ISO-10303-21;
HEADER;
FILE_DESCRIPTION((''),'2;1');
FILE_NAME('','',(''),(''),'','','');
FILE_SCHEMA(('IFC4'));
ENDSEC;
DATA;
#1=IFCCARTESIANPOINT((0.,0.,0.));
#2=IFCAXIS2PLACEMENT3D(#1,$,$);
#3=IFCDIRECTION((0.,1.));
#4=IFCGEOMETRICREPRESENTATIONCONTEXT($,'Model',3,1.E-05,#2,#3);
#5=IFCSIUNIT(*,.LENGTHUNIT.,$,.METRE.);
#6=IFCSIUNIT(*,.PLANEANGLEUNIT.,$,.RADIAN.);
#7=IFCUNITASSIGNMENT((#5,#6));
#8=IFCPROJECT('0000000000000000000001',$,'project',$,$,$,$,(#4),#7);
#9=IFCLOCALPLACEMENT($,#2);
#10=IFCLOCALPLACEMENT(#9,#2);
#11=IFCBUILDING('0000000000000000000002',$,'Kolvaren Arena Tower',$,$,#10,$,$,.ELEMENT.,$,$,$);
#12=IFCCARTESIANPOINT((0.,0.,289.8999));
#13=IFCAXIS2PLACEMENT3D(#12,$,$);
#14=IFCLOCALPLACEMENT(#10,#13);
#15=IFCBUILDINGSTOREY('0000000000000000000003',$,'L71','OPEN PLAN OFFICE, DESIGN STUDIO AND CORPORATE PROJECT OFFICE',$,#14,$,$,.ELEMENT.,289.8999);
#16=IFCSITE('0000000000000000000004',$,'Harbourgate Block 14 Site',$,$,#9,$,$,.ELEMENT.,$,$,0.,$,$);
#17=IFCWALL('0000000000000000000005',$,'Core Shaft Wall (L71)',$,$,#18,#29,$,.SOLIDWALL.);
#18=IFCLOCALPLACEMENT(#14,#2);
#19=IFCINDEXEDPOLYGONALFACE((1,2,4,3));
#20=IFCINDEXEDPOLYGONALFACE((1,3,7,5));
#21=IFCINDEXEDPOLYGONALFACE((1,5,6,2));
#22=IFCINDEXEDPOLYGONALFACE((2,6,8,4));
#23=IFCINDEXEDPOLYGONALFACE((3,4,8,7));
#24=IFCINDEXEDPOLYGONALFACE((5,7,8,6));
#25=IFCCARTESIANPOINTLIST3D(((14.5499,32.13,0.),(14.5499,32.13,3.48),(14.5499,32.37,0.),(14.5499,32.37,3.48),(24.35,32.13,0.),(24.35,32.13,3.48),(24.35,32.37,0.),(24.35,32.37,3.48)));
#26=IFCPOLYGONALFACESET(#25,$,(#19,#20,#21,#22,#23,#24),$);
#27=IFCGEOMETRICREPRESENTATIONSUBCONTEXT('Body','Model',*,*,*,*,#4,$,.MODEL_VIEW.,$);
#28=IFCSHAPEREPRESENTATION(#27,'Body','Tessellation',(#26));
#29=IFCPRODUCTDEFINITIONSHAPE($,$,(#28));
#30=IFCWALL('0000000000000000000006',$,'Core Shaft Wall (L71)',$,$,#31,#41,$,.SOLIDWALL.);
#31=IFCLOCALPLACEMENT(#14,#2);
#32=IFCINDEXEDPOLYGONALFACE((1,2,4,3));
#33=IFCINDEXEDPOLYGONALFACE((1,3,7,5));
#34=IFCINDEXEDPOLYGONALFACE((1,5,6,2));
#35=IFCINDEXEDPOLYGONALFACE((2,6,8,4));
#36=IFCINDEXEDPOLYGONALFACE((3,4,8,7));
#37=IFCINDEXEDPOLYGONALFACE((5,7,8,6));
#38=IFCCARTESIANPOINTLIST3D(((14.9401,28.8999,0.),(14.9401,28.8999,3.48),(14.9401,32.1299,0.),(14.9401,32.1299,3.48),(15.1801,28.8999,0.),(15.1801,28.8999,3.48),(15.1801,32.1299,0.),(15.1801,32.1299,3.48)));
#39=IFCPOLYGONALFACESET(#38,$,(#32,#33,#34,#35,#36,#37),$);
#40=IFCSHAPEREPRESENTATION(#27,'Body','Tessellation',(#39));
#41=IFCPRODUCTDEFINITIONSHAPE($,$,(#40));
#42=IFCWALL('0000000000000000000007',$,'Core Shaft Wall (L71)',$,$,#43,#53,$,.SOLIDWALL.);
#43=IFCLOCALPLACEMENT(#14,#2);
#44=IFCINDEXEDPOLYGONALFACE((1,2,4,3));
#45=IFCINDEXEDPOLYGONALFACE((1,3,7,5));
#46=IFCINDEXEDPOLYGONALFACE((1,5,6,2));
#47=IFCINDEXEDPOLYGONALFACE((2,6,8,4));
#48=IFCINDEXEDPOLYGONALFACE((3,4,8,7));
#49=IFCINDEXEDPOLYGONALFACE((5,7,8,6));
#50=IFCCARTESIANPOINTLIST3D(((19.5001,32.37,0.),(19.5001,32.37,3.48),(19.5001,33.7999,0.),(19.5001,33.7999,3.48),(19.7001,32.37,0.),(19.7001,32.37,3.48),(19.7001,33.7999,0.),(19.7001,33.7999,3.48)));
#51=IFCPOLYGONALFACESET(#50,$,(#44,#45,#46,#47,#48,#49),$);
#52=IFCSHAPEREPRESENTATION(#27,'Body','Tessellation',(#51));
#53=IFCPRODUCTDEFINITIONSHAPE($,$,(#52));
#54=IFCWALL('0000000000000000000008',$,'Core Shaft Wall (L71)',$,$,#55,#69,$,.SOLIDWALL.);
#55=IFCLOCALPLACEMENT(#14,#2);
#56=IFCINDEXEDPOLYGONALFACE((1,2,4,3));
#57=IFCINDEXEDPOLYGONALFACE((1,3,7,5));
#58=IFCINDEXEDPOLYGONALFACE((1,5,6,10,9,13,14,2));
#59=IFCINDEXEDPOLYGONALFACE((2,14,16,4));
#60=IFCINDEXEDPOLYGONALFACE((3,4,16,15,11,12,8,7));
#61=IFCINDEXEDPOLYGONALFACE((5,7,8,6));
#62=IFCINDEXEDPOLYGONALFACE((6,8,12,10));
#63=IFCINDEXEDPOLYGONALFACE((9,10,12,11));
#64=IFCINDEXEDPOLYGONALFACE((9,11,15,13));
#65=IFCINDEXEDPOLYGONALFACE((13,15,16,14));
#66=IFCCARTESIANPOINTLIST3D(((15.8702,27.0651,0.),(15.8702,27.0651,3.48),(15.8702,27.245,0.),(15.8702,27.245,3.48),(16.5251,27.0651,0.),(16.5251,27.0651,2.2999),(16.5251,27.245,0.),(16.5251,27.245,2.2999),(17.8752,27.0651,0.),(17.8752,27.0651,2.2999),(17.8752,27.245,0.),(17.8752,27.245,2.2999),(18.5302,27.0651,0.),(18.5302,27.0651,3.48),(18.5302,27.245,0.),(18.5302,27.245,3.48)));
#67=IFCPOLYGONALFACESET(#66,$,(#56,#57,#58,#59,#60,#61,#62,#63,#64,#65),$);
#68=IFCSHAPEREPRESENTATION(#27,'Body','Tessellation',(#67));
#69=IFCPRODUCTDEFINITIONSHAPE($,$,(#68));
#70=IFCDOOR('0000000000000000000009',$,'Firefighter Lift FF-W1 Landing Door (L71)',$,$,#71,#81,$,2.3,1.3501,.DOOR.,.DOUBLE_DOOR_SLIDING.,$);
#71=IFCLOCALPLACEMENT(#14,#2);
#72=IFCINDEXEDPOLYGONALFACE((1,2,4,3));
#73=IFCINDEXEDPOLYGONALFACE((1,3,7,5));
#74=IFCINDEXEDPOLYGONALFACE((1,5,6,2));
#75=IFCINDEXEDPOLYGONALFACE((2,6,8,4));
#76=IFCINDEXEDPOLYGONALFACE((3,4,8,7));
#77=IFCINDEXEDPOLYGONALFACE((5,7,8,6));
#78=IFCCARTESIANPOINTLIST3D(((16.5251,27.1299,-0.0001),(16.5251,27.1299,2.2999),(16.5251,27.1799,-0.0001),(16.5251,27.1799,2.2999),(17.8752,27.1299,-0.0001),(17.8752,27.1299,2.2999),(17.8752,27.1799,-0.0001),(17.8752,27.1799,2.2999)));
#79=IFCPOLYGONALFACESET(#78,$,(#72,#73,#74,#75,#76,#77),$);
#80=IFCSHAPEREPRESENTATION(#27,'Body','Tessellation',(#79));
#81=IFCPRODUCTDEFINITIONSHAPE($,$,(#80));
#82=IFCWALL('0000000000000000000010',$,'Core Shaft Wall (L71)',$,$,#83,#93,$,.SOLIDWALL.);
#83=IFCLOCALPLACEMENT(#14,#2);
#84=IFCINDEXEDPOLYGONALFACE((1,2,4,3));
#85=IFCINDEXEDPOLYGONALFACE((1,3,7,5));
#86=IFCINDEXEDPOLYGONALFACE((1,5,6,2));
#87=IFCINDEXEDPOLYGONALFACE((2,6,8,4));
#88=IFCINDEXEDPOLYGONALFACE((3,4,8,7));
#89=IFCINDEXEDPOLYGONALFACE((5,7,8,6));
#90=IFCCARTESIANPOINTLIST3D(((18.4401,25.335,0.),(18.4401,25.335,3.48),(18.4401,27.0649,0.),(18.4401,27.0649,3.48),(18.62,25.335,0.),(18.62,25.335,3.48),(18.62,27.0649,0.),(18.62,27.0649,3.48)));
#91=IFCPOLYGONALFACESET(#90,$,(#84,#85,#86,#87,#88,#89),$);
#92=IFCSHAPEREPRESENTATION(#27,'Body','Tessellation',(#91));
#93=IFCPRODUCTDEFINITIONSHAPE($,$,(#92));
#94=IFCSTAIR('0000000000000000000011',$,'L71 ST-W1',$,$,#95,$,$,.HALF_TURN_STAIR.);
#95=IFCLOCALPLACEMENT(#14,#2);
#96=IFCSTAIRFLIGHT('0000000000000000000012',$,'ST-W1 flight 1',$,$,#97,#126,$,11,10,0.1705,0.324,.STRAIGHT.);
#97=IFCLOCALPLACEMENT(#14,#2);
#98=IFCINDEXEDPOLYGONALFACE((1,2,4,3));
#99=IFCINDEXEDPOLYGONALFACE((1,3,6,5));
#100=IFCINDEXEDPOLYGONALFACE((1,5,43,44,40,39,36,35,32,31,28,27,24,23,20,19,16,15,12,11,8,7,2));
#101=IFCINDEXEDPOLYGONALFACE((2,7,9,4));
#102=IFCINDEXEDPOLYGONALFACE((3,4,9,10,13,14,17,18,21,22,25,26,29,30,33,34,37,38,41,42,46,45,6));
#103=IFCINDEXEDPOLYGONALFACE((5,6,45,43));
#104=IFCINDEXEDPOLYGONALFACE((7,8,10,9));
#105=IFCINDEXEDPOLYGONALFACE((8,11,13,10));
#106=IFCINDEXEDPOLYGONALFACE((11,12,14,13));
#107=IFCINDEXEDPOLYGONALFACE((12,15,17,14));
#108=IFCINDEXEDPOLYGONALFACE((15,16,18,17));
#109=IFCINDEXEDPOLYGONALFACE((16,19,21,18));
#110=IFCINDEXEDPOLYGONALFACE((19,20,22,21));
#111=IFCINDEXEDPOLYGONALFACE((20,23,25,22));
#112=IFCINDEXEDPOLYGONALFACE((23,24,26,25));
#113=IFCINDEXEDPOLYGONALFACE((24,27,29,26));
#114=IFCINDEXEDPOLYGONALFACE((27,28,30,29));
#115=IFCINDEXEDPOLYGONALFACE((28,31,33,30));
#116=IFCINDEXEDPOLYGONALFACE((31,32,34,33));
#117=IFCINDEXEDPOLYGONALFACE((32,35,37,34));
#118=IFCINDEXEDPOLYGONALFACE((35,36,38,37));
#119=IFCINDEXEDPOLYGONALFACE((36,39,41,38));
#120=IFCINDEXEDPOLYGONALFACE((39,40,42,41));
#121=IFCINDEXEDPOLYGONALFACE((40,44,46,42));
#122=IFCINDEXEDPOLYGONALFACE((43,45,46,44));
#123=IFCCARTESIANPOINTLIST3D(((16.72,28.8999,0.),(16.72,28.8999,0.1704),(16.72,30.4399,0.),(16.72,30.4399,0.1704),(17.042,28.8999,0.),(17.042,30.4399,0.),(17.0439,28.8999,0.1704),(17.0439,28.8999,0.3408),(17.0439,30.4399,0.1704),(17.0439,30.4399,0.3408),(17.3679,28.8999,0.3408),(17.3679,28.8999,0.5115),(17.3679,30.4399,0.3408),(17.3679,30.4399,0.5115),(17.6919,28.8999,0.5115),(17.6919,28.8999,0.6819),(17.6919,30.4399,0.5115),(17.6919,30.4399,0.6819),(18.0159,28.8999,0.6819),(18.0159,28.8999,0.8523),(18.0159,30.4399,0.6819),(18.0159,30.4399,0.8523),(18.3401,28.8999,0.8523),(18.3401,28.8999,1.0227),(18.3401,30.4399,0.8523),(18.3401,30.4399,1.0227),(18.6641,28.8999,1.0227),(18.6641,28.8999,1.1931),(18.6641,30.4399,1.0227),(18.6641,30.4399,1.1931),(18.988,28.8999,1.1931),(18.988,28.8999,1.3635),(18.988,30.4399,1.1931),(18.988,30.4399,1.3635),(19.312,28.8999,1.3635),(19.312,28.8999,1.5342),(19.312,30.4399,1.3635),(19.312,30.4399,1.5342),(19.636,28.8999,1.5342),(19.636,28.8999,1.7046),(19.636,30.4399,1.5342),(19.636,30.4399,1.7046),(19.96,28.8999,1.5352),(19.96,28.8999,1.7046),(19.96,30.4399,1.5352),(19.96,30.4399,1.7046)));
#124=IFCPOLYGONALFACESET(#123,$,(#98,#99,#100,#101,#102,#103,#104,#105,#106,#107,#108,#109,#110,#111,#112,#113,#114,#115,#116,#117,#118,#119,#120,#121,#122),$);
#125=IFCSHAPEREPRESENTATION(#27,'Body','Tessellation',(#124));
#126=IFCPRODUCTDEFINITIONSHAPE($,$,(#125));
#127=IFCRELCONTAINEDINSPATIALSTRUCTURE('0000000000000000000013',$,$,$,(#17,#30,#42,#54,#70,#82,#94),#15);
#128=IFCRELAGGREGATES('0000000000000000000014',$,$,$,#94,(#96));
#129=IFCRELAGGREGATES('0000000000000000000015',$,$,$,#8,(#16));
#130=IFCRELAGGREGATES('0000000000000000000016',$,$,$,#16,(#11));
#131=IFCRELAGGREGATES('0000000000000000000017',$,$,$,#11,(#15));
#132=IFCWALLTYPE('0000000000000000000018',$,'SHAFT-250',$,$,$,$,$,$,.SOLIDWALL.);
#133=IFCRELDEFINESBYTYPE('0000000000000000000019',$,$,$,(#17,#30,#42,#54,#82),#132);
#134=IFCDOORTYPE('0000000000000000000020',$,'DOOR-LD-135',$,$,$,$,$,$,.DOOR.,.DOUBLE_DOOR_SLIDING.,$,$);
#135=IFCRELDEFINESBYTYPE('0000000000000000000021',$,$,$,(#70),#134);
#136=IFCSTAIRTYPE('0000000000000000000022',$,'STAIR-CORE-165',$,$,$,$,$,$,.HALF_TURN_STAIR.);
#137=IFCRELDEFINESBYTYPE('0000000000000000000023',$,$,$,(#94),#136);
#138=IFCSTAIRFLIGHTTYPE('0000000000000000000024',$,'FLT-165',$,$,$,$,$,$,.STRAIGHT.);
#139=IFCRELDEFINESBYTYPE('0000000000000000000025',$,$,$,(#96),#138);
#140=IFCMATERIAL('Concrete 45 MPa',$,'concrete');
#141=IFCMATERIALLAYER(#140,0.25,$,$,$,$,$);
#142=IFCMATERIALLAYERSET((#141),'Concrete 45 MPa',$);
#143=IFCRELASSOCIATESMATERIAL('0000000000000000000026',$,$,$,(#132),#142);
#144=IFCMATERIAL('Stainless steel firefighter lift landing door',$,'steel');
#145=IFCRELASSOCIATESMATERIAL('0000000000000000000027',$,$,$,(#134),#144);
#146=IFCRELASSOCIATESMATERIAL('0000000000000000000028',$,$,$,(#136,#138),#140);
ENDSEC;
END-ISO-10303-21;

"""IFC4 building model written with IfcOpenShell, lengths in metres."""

from ifc_helpers import new_model, si_unit, direction, frame, frame_2d, origin, place, context, subcontext, project, spatial, polyline, rectangle, outline, extrude, material, layer, layer_set, type_object, element, fill, aggregate, save


model = new_model("IFC4")

# Units and contexts
model_context = context("Model", 3, precision=1e-05, world=origin(), true_north=direction((0.0, 1.0)))
body_context = subcontext(model_context, "Body", "Model", "MODEL_VIEW")
ifc_project = project(units=[si_unit("LENGTHUNIT", "METRE"), si_unit("PLANEANGLEUNIT", "RADIAN")], contexts=[model_context])

# Site, building, storey
site_placement = place(None, origin())
site = spatial("IfcSite", under=ifc_project, at=site_placement, Name="Harbourgate Block 14 Site", CompositionType="ELEMENT", RefElevation=0.0)
building_placement = place(site_placement, origin())
building = spatial("IfcBuilding", under=site, at=building_placement, Name="Kolvaren Arena Tower", CompositionType="ELEMENT")
storey_placement = place(building_placement, frame((0.0, 0.0, 289.8999)))
storey = spatial("IfcBuildingStorey", under=building, at=storey_placement, Name="L71", Description="OPEN PLAN OFFICE, DESIGN STUDIO AND CORPORATE PROJECT OFFICE", CompositionType="ELEMENT", Elevation=289.8999)

# Walls
ifc_material_1 = material(Name="Concrete 45 MPa", Category="concrete")
ifc_layer_1 = layer(ifc_material_1, 0.25)
ifc_layer_set_1 = layer_set([ifc_layer_1], Name="Concrete 45 MPa")
wall_type_1 = type_object("IfcWallType", Name="SHAFT-250", PredefinedType="SOLIDWALL", material=ifc_layer_set_1)
wall_1_placement = place(storey_placement, frame((14.55, 32.25, 0.0), z_axis=(0.0, 0.0, 1.0), x_axis=(1.0, 0.0, 0.0)))
element("IfcWall", 1, at=wall_1_placement, inside=storey, type_object=wall_type_1, Name="Core Shaft Wall (L71)", PredefinedType="SOLIDWALL", context=body_context, shape_type="SweptSolid", body=[
    extrude(rectangle(XDim=9.8, YDim=0.24, at=frame_2d((4.8999, 0.0))), origin(), (0.0, 0.0, 1.0), 3.48),
])
wall_2_placement = place(storey_placement, frame((15.0601, 28.8999, 0.0), z_axis=(0.0, 0.0, 1.0), x_axis=(0.0, 1.0, 0.0)))
element("IfcWall", 2, at=wall_2_placement, inside=storey, type_object=wall_type_1, Name="Core Shaft Wall (L71)", PredefinedType="SOLIDWALL", context=body_context, shape_type="SweptSolid", body=[
    extrude(rectangle(XDim=3.23, YDim=0.24, at=frame_2d((1.615, 0.0))), origin(), (0.0, 0.0, 1.0), 3.48),
])
wall_3_placement = place(storey_placement, frame((19.6001, 32.3701, 0.0), z_axis=(0.0, 0.0, 1.0), x_axis=(0.0, 1.0, 0.0)))
element("IfcWall", 3, at=wall_3_placement, inside=storey, type_object=wall_type_1, Name="Core Shaft Wall (L71)", PredefinedType="SOLIDWALL", context=body_context, shape_type="SweptSolid", body=[
    extrude(rectangle(XDim=1.4299, YDim=0.2, at=frame_2d((0.7148, 0.0))), origin(), (0.0, 0.0, 1.0), 3.48),
])

# Wall, opening, door
wall_4_placement = place(storey_placement, frame((15.8701, 27.155, 0.0), z_axis=(0.0, 0.0, 1.0), x_axis=(1.0, 0.0, 0.0)))
wall_4 = element("IfcWall", 4, at=wall_4_placement, inside=storey, type_object=wall_type_1, Name="Core Shaft Wall (L71)", PredefinedType="SOLIDWALL", context=body_context, shape_type="SweptSolid", body=[
    extrude(rectangle(XDim=2.6599, YDim=0.1799, at=frame_2d((1.3301, 0.0))), origin(), (0.0, 0.0, 1.0), 3.48),
])
opening_placement = place(wall_4_placement, frame((0.655, 0.0, 0.0)))
opening = element("IfcOpeningElement", 5, at=opening_placement, cuts=wall_4, PredefinedType="OPENING", context=body_context, shape_type="SweptSolid", body=[
    extrude(rectangle(XDim=1.3501, YDim=2.3, at=frame_2d((0.675, 1.1499))), frame((0.0, 0.0999, 0.0), z_axis=(0.0, -1.0, 0.0), x_axis=(1.0, 0.0, 0.0)), (0.0, 0.0, 1.0), 0.2),
])
ifc_material_2 = material(Name="Stainless steel firefighter lift landing door", Category="steel")
door_type = type_object("IfcDoorType", Name="DOOR-LD-135", OperationType="DOUBLE_DOOR_SLIDING", PredefinedType="DOOR", material=ifc_material_2)
door_placement = place(opening_placement, origin())
door = element("IfcDoor", 6, at=door_placement, inside=storey, type_object=door_type, Name="Firefighter Lift FF-W1 Landing Door (L71)", OperationType="DOUBLE_DOOR_SLIDING", OverallHeight=2.3, OverallWidth=1.3501, PredefinedType="DOOR", context=body_context, shape_type="SweptSolid", body=[
    extrude(rectangle(XDim=1.3501, YDim=2.3, at=frame_2d((0.675, 1.1499))), frame((0.0, 0.0249, 0.0), z_axis=(0.0, -1.0, 0.0), x_axis=(1.0, 0.0, 0.0)), (0.0, 0.0, 1.0), 0.05),
])
fill(opening, door)

# Wall
wall_5_placement = place(storey_placement, frame((18.53, 25.335, 0.0), z_axis=(0.0, 0.0, 1.0), x_axis=(0.0, 1.0, 0.0)))
element("IfcWall", 7, at=wall_5_placement, inside=storey, type_object=wall_type_1, Name="Core Shaft Wall (L71)", PredefinedType="SOLIDWALL", context=body_context, shape_type="SweptSolid", body=[
    extrude(rectangle(XDim=1.73, YDim=0.1799, at=frame_2d((0.865, 0.0))), origin(), (0.0, 0.0, 1.0), 3.48),
])

# Stair, stair flight
stair_type = type_object("IfcStairType", Name="STAIR-CORE-165", PredefinedType="HALF_TURN_STAIR", material=ifc_material_1)
stair_placement = place(storey_placement, origin())
stair = element("IfcStair", 8, at=stair_placement, inside=storey, type_object=stair_type, Name="L71 ST-W1", PredefinedType="HALF_TURN_STAIR")
stair_flight_type = type_object("IfcStairFlightType", Name="FLT-165", PredefinedType="STRAIGHT", material=ifc_material_1)
stair_flight_placement = place(storey_placement, frame((16.72, 29.6699, 0.0), z_axis=(0.0, 0.0, 1.0), x_axis=(1.0, 0.0, 0.0)))
stair_flight = element("IfcStairFlight", 9, at=stair_flight_placement, type_object=stair_flight_type, Name="ST-W1 flight 1", NumberOfRisers=11, NumberOfTreads=10, PredefinedType="STRAIGHT", RiserHeight=0.1705, TreadLength=0.324, context=body_context, shape_type="SweptSolid", body=[
    extrude(outline(polyline([(0.0, 0.0), (0.0, 0.1704), (0.324, 0.1704), (0.324, 0.3408), (0.6479, 0.3408), (0.6479, 0.5115), (0.9719, 0.5115), (0.9719, 0.6819), (1.2959, 0.6819), (1.2959, 0.8523), (1.6201, 0.8523), (1.6201, 1.0227), (1.9441, 1.0227), (1.9441, 1.1931), (2.2681, 1.1931), (2.2681, 1.3635), (2.592, 1.3635), (2.592, 1.5342), (2.916, 1.5342), (2.916, 1.7046), (3.24, 1.7046), (3.24, 1.875), (3.24, 1.5352), (0.322, 0.0), (0.0, 0.0)])), frame((0.0, 0.77, 0.0), z_axis=(0.0, -1.0, 0.0), x_axis=(1.0, 0.0, 0.0)), (0.0, 0.0, 1.0), 1.54),
])
aggregate(stair, [stair_flight])

save(model, "model.ifc")
